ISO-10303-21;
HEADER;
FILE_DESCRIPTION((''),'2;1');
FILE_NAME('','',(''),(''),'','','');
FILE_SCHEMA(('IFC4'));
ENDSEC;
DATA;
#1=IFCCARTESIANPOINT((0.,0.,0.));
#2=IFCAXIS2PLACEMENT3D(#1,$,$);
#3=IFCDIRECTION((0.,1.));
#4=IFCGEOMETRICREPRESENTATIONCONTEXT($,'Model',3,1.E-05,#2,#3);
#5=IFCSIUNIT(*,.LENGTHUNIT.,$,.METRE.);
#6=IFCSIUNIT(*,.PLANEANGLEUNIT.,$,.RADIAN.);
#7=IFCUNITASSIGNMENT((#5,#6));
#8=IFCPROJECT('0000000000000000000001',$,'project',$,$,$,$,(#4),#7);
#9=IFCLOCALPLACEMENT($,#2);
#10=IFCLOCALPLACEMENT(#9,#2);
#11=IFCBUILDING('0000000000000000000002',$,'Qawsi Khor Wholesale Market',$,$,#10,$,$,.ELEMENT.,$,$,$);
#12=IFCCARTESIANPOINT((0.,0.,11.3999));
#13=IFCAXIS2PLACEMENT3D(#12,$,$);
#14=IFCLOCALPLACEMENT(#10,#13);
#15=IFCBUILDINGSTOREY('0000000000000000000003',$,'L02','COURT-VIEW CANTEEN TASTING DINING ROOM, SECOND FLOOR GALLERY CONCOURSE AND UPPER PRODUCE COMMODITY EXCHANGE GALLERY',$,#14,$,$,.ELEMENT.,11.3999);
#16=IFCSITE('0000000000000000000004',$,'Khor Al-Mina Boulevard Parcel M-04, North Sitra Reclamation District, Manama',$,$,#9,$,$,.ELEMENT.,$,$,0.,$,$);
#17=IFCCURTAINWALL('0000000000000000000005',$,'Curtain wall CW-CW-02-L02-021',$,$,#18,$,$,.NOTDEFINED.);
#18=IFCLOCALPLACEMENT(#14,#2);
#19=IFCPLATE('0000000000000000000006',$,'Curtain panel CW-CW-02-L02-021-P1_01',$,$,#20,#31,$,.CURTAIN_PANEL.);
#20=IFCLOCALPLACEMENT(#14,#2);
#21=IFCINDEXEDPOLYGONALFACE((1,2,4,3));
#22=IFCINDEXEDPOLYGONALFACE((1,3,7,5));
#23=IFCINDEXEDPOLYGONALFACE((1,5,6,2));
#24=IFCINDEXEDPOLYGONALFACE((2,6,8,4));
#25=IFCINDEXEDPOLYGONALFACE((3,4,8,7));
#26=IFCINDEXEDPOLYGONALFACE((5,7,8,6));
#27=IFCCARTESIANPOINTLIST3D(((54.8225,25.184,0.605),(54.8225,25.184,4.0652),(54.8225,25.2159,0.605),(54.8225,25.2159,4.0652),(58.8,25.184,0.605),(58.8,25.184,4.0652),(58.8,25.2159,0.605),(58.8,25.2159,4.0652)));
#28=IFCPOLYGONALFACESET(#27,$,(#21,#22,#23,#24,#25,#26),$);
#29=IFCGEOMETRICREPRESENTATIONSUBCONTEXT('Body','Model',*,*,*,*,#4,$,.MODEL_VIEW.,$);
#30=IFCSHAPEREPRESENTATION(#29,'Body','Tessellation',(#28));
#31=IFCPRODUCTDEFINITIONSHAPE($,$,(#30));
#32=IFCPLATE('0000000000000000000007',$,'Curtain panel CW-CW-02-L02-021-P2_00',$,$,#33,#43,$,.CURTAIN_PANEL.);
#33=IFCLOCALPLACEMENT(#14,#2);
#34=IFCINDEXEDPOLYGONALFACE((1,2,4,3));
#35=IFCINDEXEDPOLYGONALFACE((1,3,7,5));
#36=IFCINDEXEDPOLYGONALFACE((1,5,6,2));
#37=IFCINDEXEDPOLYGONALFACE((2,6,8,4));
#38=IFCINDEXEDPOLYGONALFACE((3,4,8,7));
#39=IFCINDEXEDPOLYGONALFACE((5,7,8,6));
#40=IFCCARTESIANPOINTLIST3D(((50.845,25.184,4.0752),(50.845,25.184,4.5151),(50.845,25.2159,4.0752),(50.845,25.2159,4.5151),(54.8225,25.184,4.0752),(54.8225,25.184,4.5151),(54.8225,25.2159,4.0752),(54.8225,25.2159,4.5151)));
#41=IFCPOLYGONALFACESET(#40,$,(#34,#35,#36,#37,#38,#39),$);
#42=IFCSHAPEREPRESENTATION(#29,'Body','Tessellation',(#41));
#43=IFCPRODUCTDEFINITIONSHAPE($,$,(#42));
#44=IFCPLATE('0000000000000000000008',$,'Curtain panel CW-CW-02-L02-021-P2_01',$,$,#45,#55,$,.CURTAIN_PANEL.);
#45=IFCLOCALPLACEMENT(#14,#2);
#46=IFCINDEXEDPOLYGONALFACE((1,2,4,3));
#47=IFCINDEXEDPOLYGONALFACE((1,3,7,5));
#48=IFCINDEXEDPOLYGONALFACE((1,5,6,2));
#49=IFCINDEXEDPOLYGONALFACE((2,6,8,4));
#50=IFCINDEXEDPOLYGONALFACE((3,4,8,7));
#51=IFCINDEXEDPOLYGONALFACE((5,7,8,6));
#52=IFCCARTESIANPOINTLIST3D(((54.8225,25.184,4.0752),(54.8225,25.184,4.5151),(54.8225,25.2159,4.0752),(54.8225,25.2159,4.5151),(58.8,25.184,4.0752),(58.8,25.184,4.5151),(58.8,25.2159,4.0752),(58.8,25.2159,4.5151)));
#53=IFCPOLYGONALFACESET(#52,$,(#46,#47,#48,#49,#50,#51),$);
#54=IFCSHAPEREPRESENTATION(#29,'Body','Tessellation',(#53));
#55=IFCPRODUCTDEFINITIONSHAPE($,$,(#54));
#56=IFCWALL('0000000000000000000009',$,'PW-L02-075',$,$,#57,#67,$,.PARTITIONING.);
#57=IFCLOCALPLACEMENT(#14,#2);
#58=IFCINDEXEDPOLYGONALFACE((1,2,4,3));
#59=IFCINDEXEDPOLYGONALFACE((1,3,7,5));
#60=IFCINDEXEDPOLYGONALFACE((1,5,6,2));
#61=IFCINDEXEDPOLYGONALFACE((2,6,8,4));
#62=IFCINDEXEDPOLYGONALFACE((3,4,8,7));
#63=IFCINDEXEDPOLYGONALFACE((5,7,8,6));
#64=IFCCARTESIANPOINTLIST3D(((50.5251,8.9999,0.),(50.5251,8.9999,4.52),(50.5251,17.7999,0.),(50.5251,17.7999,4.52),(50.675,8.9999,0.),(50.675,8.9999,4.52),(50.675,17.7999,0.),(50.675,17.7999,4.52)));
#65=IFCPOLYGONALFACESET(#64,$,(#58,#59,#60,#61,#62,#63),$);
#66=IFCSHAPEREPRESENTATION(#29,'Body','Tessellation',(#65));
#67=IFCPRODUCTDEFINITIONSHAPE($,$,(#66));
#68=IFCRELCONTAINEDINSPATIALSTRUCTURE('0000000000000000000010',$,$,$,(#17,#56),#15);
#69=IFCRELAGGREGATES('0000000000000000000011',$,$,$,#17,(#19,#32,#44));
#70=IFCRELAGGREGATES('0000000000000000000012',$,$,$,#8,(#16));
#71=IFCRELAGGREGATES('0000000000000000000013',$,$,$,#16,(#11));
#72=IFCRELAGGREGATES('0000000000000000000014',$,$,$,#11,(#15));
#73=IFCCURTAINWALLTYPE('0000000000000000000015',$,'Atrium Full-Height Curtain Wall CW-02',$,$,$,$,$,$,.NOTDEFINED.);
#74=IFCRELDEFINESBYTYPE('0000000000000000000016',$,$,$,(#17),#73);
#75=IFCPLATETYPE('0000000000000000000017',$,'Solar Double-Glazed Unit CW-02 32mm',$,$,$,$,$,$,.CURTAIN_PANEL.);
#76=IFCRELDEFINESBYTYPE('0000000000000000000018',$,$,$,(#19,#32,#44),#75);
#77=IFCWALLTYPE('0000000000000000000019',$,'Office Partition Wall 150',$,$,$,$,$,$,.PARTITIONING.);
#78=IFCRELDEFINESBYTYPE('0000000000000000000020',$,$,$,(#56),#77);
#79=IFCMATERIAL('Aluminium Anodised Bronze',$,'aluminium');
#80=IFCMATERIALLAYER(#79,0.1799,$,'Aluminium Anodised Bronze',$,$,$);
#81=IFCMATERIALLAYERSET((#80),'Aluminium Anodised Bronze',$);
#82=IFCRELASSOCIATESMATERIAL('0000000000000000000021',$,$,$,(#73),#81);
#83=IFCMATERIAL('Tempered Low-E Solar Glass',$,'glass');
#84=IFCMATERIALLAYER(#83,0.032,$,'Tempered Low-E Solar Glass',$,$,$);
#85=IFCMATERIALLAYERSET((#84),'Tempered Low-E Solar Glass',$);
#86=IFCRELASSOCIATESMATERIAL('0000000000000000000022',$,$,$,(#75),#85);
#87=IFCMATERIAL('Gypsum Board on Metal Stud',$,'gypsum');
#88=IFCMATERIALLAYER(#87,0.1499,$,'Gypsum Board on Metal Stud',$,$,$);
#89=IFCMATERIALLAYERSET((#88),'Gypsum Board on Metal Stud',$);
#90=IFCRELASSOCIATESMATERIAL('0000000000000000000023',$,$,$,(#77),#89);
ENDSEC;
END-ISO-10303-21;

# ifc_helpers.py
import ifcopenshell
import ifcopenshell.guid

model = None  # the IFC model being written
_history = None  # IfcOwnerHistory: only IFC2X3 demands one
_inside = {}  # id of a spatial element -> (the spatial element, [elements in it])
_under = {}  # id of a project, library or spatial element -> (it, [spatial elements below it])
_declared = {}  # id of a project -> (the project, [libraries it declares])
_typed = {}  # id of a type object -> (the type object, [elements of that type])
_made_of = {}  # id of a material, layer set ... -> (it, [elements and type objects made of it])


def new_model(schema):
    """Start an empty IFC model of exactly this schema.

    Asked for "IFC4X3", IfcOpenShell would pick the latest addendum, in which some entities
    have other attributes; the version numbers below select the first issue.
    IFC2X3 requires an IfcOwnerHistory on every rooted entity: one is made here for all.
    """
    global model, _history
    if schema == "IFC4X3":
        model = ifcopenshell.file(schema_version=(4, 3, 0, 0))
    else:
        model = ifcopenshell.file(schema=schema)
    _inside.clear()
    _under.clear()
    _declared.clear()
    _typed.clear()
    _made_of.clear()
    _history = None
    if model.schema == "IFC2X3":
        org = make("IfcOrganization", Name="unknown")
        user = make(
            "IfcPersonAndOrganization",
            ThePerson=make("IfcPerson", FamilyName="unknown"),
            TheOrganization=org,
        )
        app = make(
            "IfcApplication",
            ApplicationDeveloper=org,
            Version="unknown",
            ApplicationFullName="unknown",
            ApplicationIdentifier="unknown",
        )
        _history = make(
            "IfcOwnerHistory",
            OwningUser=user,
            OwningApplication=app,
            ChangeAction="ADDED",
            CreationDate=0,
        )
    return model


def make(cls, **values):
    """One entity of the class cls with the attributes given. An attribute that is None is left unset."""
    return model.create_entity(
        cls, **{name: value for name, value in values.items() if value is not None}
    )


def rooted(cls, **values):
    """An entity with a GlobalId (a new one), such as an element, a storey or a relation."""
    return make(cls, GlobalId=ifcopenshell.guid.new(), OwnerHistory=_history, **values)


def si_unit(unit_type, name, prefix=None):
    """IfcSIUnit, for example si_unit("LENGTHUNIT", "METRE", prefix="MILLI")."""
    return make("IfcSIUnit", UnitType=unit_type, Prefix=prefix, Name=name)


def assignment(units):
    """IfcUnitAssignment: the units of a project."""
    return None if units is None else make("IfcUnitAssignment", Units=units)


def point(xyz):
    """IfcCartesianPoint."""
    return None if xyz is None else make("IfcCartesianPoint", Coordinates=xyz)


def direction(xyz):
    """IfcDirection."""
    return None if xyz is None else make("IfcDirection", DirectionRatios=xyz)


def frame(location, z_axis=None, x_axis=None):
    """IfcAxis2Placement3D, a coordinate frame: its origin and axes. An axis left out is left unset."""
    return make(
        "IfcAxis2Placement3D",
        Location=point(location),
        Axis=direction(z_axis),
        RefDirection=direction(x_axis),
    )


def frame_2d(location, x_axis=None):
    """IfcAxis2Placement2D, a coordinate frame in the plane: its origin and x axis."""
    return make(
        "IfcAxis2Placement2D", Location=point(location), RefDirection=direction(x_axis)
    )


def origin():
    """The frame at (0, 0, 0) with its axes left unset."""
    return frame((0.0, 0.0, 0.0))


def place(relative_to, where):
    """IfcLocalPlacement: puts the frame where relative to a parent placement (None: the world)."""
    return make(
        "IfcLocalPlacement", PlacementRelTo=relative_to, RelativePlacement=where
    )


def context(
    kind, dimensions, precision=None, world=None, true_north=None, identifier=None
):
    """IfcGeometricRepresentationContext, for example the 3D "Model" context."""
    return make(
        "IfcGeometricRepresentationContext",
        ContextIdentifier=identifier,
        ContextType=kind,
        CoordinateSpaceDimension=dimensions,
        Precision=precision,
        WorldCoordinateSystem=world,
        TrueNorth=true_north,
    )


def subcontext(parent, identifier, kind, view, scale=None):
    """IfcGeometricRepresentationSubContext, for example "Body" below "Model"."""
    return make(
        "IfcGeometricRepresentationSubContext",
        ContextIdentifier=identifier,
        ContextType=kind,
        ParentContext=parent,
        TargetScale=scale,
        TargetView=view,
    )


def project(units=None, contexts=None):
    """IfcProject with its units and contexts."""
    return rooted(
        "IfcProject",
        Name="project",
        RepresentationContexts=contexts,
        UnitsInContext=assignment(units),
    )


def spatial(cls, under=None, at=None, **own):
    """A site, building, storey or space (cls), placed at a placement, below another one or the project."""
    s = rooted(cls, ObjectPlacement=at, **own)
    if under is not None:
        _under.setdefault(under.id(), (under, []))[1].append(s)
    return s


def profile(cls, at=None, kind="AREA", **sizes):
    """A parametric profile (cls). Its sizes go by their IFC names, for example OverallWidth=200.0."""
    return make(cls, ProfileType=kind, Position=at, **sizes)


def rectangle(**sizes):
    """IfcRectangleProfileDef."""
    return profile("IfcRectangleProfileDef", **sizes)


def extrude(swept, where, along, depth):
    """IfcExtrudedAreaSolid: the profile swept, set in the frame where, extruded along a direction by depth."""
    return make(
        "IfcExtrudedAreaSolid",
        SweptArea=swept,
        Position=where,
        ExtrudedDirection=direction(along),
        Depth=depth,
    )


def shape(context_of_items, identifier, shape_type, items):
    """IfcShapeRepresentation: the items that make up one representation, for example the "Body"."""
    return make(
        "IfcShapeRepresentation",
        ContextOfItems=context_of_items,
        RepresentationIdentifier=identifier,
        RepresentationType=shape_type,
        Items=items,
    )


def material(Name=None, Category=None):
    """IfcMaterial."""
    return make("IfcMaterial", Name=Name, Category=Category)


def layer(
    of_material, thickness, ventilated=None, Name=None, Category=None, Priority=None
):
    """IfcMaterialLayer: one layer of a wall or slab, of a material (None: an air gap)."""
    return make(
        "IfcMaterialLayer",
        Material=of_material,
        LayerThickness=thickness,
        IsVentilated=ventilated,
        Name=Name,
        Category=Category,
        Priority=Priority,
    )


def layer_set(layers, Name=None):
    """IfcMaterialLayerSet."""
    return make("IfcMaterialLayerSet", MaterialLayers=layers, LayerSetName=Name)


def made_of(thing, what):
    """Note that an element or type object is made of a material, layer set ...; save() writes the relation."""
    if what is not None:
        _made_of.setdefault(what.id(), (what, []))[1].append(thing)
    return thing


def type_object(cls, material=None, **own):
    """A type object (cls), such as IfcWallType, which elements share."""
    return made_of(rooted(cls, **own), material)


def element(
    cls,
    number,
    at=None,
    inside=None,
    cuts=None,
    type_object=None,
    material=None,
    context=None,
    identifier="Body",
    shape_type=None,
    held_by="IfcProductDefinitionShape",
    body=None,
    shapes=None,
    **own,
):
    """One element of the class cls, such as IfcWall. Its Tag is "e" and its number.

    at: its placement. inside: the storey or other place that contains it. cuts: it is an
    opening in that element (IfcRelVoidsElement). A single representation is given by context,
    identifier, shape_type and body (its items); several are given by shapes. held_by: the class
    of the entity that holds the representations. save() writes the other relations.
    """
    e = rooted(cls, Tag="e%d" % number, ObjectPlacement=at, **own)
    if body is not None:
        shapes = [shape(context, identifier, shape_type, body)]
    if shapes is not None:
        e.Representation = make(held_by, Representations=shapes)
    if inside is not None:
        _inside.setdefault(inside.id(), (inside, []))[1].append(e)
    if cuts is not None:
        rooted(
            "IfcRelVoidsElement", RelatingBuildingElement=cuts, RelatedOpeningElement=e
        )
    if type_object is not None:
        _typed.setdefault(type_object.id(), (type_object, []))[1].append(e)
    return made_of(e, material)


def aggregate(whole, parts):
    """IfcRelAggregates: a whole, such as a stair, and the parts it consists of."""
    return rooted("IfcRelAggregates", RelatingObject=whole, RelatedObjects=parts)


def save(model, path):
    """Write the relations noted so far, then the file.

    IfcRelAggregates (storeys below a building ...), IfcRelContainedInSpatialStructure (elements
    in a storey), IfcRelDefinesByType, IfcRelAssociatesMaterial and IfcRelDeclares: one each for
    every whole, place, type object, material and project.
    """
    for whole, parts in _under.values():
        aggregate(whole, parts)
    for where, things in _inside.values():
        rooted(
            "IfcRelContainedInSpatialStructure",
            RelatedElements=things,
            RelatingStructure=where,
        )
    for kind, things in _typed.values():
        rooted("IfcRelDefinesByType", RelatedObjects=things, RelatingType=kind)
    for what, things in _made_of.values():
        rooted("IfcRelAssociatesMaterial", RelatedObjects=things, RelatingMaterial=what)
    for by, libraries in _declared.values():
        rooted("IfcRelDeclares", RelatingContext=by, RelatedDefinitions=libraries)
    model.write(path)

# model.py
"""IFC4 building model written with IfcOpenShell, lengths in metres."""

from ifc_helpers import new_model, si_unit, direction, frame, frame_2d, origin, place, context, subcontext, project, spatial, rectangle, extrude, material, layer, layer_set, type_object, element, aggregate, save


model = new_model("IFC4")

# Units and contexts
model_context = context("Model", 3, precision=1e-05, world=origin(), true_north=direction((0.0, 1.0)))
body_context = subcontext(model_context, "Body", "Model", "MODEL_VIEW")
ifc_project = project(units=[si_unit("LENGTHUNIT", "METRE"), si_unit("PLANEANGLEUNIT", "RADIAN")], contexts=[model_context])

# Site, building, storey
site_placement = place(None, origin())
site = spatial("IfcSite", under=ifc_project, at=site_placement, Name="Khor Al-Mina Boulevard Parcel M-04, North Sitra Reclamation District, Manama", CompositionType="ELEMENT", RefElevation=0.0)
building_placement = place(site_placement, origin())
building = spatial("IfcBuilding", under=site, at=building_placement, Name="Qawsi Khor Wholesale Market", CompositionType="ELEMENT")
storey_placement = place(building_placement, frame((0.0, 0.0, 11.3999)))
storey = spatial("IfcBuildingStorey", under=building, at=storey_placement, Name="L02", Description="COURT-VIEW CANTEEN TASTING DINING ROOM, SECOND FLOOR GALLERY CONCOURSE AND UPPER PRODUCE COMMODITY EXCHANGE GALLERY", CompositionType="ELEMENT", Elevation=11.3999)

# Curtain wall
ifc_material_1 = material(Name="Aluminium Anodised Bronze", Category="aluminium")
ifc_layer_1 = layer(ifc_material_1, 0.1799, Name="Aluminium Anodised Bronze")
ifc_layer_set_1 = layer_set([ifc_layer_1], Name="Aluminium Anodised Bronze")
curtain_wall_type = type_object("IfcCurtainWallType", Name="Atrium Full-Height Curtain Wall CW-02", PredefinedType="NOTDEFINED", material=ifc_layer_set_1)
curtain_wall_placement = place(storey_placement, origin())
curtain_wall = element("IfcCurtainWall", 1, at=curtain_wall_placement, inside=storey, type_object=curtain_wall_type, Name="Curtain wall CW-CW-02-L02-021", PredefinedType="NOTDEFINED")

# Plates
ifc_material_2 = material(Name="Tempered Low-E Solar Glass", Category="glass")
ifc_layer_2 = layer(ifc_material_2, 0.032, Name="Tempered Low-E Solar Glass")
ifc_layer_set_2 = layer_set([ifc_layer_2], Name="Tempered Low-E Solar Glass")
plate_type_1 = type_object("IfcPlateType", Name="Solar Double-Glazed Unit CW-02 32mm", PredefinedType="CURTAIN_PANEL", material=ifc_layer_set_2)
plate_1_placement = place(storey_placement, frame((54.8225, 25.2, 0.605), z_axis=(0.0, 0.0, 1.0), x_axis=(1.0, 0.0, 0.0)))
plate_1 = element("IfcPlate", 2, at=plate_1_placement, type_object=plate_type_1, Name="Curtain panel CW-CW-02-L02-021-P1_01", PredefinedType="CURTAIN_PANEL", context=body_context, shape_type="SweptSolid", body=[
    extrude(rectangle(XDim=3.9775, YDim=0.032, at=frame_2d((1.9888, 0.0))), origin(), (0.0, 0.0, 1.0), 3.4602),
])
plate_2_placement = place(storey_placement, frame((50.845, 25.2, 4.0752), z_axis=(0.0, 0.0, 1.0), x_axis=(1.0, 0.0, 0.0)))
plate_2 = element("IfcPlate", 3, at=plate_2_placement, type_object=plate_type_1, Name="Curtain panel CW-CW-02-L02-021-P2_00", PredefinedType="CURTAIN_PANEL", context=body_context, shape_type="SweptSolid", body=[
    extrude(rectangle(XDim=3.9775, YDim=0.032, at=frame_2d((1.9888, 0.0))), origin(), (0.0, 0.0, 1.0), 0.4399),
])
plate_3_placement = place(storey_placement, frame((54.8225, 25.2, 4.0752), z_axis=(0.0, 0.0, 1.0), x_axis=(1.0, 0.0, 0.0)))
plate_3 = element("IfcPlate", 4, at=plate_3_placement, type_object=plate_type_1, Name="Curtain panel CW-CW-02-L02-021-P2_01", PredefinedType="CURTAIN_PANEL", context=body_context, shape_type="SweptSolid", body=[
    extrude(rectangle(XDim=3.9775, YDim=0.032, at=frame_2d((1.9888, 0.0))), origin(), (0.0, 0.0, 1.0), 0.4399),
])
aggregate(curtain_wall, [plate_1, plate_2, plate_3])

# Wall
ifc_material_3 = material(Name="Gypsum Board on Metal Stud", Category="gypsum")
ifc_layer_3 = layer(ifc_material_3, 0.1499, Name="Gypsum Board on Metal Stud")
ifc_layer_set_3 = layer_set([ifc_layer_3], Name="Gypsum Board on Metal Stud")
wall_type = type_object("IfcWallType", Name="Office Partition Wall 150", PredefinedType="PARTITIONING", material=ifc_layer_set_3)
wall_placement = place(storey_placement, frame((50.6001, 9.0, 0.0), z_axis=(0.0, 0.0, 1.0), x_axis=(0.0, 1.0, 0.0)))
element("IfcWall", 5, at=wall_placement, inside=storey, type_object=wall_type, Name="PW-L02-075", PredefinedType="PARTITIONING", context=body_context, shape_type="SweptSolid", body=[
    extrude(rectangle(XDim=8.8, YDim=0.1499, at=frame_2d((4.3999, 0.0))), origin(), (0.0, 0.0, 1.0), 4.52),
])

save(model, "model.ifc")
